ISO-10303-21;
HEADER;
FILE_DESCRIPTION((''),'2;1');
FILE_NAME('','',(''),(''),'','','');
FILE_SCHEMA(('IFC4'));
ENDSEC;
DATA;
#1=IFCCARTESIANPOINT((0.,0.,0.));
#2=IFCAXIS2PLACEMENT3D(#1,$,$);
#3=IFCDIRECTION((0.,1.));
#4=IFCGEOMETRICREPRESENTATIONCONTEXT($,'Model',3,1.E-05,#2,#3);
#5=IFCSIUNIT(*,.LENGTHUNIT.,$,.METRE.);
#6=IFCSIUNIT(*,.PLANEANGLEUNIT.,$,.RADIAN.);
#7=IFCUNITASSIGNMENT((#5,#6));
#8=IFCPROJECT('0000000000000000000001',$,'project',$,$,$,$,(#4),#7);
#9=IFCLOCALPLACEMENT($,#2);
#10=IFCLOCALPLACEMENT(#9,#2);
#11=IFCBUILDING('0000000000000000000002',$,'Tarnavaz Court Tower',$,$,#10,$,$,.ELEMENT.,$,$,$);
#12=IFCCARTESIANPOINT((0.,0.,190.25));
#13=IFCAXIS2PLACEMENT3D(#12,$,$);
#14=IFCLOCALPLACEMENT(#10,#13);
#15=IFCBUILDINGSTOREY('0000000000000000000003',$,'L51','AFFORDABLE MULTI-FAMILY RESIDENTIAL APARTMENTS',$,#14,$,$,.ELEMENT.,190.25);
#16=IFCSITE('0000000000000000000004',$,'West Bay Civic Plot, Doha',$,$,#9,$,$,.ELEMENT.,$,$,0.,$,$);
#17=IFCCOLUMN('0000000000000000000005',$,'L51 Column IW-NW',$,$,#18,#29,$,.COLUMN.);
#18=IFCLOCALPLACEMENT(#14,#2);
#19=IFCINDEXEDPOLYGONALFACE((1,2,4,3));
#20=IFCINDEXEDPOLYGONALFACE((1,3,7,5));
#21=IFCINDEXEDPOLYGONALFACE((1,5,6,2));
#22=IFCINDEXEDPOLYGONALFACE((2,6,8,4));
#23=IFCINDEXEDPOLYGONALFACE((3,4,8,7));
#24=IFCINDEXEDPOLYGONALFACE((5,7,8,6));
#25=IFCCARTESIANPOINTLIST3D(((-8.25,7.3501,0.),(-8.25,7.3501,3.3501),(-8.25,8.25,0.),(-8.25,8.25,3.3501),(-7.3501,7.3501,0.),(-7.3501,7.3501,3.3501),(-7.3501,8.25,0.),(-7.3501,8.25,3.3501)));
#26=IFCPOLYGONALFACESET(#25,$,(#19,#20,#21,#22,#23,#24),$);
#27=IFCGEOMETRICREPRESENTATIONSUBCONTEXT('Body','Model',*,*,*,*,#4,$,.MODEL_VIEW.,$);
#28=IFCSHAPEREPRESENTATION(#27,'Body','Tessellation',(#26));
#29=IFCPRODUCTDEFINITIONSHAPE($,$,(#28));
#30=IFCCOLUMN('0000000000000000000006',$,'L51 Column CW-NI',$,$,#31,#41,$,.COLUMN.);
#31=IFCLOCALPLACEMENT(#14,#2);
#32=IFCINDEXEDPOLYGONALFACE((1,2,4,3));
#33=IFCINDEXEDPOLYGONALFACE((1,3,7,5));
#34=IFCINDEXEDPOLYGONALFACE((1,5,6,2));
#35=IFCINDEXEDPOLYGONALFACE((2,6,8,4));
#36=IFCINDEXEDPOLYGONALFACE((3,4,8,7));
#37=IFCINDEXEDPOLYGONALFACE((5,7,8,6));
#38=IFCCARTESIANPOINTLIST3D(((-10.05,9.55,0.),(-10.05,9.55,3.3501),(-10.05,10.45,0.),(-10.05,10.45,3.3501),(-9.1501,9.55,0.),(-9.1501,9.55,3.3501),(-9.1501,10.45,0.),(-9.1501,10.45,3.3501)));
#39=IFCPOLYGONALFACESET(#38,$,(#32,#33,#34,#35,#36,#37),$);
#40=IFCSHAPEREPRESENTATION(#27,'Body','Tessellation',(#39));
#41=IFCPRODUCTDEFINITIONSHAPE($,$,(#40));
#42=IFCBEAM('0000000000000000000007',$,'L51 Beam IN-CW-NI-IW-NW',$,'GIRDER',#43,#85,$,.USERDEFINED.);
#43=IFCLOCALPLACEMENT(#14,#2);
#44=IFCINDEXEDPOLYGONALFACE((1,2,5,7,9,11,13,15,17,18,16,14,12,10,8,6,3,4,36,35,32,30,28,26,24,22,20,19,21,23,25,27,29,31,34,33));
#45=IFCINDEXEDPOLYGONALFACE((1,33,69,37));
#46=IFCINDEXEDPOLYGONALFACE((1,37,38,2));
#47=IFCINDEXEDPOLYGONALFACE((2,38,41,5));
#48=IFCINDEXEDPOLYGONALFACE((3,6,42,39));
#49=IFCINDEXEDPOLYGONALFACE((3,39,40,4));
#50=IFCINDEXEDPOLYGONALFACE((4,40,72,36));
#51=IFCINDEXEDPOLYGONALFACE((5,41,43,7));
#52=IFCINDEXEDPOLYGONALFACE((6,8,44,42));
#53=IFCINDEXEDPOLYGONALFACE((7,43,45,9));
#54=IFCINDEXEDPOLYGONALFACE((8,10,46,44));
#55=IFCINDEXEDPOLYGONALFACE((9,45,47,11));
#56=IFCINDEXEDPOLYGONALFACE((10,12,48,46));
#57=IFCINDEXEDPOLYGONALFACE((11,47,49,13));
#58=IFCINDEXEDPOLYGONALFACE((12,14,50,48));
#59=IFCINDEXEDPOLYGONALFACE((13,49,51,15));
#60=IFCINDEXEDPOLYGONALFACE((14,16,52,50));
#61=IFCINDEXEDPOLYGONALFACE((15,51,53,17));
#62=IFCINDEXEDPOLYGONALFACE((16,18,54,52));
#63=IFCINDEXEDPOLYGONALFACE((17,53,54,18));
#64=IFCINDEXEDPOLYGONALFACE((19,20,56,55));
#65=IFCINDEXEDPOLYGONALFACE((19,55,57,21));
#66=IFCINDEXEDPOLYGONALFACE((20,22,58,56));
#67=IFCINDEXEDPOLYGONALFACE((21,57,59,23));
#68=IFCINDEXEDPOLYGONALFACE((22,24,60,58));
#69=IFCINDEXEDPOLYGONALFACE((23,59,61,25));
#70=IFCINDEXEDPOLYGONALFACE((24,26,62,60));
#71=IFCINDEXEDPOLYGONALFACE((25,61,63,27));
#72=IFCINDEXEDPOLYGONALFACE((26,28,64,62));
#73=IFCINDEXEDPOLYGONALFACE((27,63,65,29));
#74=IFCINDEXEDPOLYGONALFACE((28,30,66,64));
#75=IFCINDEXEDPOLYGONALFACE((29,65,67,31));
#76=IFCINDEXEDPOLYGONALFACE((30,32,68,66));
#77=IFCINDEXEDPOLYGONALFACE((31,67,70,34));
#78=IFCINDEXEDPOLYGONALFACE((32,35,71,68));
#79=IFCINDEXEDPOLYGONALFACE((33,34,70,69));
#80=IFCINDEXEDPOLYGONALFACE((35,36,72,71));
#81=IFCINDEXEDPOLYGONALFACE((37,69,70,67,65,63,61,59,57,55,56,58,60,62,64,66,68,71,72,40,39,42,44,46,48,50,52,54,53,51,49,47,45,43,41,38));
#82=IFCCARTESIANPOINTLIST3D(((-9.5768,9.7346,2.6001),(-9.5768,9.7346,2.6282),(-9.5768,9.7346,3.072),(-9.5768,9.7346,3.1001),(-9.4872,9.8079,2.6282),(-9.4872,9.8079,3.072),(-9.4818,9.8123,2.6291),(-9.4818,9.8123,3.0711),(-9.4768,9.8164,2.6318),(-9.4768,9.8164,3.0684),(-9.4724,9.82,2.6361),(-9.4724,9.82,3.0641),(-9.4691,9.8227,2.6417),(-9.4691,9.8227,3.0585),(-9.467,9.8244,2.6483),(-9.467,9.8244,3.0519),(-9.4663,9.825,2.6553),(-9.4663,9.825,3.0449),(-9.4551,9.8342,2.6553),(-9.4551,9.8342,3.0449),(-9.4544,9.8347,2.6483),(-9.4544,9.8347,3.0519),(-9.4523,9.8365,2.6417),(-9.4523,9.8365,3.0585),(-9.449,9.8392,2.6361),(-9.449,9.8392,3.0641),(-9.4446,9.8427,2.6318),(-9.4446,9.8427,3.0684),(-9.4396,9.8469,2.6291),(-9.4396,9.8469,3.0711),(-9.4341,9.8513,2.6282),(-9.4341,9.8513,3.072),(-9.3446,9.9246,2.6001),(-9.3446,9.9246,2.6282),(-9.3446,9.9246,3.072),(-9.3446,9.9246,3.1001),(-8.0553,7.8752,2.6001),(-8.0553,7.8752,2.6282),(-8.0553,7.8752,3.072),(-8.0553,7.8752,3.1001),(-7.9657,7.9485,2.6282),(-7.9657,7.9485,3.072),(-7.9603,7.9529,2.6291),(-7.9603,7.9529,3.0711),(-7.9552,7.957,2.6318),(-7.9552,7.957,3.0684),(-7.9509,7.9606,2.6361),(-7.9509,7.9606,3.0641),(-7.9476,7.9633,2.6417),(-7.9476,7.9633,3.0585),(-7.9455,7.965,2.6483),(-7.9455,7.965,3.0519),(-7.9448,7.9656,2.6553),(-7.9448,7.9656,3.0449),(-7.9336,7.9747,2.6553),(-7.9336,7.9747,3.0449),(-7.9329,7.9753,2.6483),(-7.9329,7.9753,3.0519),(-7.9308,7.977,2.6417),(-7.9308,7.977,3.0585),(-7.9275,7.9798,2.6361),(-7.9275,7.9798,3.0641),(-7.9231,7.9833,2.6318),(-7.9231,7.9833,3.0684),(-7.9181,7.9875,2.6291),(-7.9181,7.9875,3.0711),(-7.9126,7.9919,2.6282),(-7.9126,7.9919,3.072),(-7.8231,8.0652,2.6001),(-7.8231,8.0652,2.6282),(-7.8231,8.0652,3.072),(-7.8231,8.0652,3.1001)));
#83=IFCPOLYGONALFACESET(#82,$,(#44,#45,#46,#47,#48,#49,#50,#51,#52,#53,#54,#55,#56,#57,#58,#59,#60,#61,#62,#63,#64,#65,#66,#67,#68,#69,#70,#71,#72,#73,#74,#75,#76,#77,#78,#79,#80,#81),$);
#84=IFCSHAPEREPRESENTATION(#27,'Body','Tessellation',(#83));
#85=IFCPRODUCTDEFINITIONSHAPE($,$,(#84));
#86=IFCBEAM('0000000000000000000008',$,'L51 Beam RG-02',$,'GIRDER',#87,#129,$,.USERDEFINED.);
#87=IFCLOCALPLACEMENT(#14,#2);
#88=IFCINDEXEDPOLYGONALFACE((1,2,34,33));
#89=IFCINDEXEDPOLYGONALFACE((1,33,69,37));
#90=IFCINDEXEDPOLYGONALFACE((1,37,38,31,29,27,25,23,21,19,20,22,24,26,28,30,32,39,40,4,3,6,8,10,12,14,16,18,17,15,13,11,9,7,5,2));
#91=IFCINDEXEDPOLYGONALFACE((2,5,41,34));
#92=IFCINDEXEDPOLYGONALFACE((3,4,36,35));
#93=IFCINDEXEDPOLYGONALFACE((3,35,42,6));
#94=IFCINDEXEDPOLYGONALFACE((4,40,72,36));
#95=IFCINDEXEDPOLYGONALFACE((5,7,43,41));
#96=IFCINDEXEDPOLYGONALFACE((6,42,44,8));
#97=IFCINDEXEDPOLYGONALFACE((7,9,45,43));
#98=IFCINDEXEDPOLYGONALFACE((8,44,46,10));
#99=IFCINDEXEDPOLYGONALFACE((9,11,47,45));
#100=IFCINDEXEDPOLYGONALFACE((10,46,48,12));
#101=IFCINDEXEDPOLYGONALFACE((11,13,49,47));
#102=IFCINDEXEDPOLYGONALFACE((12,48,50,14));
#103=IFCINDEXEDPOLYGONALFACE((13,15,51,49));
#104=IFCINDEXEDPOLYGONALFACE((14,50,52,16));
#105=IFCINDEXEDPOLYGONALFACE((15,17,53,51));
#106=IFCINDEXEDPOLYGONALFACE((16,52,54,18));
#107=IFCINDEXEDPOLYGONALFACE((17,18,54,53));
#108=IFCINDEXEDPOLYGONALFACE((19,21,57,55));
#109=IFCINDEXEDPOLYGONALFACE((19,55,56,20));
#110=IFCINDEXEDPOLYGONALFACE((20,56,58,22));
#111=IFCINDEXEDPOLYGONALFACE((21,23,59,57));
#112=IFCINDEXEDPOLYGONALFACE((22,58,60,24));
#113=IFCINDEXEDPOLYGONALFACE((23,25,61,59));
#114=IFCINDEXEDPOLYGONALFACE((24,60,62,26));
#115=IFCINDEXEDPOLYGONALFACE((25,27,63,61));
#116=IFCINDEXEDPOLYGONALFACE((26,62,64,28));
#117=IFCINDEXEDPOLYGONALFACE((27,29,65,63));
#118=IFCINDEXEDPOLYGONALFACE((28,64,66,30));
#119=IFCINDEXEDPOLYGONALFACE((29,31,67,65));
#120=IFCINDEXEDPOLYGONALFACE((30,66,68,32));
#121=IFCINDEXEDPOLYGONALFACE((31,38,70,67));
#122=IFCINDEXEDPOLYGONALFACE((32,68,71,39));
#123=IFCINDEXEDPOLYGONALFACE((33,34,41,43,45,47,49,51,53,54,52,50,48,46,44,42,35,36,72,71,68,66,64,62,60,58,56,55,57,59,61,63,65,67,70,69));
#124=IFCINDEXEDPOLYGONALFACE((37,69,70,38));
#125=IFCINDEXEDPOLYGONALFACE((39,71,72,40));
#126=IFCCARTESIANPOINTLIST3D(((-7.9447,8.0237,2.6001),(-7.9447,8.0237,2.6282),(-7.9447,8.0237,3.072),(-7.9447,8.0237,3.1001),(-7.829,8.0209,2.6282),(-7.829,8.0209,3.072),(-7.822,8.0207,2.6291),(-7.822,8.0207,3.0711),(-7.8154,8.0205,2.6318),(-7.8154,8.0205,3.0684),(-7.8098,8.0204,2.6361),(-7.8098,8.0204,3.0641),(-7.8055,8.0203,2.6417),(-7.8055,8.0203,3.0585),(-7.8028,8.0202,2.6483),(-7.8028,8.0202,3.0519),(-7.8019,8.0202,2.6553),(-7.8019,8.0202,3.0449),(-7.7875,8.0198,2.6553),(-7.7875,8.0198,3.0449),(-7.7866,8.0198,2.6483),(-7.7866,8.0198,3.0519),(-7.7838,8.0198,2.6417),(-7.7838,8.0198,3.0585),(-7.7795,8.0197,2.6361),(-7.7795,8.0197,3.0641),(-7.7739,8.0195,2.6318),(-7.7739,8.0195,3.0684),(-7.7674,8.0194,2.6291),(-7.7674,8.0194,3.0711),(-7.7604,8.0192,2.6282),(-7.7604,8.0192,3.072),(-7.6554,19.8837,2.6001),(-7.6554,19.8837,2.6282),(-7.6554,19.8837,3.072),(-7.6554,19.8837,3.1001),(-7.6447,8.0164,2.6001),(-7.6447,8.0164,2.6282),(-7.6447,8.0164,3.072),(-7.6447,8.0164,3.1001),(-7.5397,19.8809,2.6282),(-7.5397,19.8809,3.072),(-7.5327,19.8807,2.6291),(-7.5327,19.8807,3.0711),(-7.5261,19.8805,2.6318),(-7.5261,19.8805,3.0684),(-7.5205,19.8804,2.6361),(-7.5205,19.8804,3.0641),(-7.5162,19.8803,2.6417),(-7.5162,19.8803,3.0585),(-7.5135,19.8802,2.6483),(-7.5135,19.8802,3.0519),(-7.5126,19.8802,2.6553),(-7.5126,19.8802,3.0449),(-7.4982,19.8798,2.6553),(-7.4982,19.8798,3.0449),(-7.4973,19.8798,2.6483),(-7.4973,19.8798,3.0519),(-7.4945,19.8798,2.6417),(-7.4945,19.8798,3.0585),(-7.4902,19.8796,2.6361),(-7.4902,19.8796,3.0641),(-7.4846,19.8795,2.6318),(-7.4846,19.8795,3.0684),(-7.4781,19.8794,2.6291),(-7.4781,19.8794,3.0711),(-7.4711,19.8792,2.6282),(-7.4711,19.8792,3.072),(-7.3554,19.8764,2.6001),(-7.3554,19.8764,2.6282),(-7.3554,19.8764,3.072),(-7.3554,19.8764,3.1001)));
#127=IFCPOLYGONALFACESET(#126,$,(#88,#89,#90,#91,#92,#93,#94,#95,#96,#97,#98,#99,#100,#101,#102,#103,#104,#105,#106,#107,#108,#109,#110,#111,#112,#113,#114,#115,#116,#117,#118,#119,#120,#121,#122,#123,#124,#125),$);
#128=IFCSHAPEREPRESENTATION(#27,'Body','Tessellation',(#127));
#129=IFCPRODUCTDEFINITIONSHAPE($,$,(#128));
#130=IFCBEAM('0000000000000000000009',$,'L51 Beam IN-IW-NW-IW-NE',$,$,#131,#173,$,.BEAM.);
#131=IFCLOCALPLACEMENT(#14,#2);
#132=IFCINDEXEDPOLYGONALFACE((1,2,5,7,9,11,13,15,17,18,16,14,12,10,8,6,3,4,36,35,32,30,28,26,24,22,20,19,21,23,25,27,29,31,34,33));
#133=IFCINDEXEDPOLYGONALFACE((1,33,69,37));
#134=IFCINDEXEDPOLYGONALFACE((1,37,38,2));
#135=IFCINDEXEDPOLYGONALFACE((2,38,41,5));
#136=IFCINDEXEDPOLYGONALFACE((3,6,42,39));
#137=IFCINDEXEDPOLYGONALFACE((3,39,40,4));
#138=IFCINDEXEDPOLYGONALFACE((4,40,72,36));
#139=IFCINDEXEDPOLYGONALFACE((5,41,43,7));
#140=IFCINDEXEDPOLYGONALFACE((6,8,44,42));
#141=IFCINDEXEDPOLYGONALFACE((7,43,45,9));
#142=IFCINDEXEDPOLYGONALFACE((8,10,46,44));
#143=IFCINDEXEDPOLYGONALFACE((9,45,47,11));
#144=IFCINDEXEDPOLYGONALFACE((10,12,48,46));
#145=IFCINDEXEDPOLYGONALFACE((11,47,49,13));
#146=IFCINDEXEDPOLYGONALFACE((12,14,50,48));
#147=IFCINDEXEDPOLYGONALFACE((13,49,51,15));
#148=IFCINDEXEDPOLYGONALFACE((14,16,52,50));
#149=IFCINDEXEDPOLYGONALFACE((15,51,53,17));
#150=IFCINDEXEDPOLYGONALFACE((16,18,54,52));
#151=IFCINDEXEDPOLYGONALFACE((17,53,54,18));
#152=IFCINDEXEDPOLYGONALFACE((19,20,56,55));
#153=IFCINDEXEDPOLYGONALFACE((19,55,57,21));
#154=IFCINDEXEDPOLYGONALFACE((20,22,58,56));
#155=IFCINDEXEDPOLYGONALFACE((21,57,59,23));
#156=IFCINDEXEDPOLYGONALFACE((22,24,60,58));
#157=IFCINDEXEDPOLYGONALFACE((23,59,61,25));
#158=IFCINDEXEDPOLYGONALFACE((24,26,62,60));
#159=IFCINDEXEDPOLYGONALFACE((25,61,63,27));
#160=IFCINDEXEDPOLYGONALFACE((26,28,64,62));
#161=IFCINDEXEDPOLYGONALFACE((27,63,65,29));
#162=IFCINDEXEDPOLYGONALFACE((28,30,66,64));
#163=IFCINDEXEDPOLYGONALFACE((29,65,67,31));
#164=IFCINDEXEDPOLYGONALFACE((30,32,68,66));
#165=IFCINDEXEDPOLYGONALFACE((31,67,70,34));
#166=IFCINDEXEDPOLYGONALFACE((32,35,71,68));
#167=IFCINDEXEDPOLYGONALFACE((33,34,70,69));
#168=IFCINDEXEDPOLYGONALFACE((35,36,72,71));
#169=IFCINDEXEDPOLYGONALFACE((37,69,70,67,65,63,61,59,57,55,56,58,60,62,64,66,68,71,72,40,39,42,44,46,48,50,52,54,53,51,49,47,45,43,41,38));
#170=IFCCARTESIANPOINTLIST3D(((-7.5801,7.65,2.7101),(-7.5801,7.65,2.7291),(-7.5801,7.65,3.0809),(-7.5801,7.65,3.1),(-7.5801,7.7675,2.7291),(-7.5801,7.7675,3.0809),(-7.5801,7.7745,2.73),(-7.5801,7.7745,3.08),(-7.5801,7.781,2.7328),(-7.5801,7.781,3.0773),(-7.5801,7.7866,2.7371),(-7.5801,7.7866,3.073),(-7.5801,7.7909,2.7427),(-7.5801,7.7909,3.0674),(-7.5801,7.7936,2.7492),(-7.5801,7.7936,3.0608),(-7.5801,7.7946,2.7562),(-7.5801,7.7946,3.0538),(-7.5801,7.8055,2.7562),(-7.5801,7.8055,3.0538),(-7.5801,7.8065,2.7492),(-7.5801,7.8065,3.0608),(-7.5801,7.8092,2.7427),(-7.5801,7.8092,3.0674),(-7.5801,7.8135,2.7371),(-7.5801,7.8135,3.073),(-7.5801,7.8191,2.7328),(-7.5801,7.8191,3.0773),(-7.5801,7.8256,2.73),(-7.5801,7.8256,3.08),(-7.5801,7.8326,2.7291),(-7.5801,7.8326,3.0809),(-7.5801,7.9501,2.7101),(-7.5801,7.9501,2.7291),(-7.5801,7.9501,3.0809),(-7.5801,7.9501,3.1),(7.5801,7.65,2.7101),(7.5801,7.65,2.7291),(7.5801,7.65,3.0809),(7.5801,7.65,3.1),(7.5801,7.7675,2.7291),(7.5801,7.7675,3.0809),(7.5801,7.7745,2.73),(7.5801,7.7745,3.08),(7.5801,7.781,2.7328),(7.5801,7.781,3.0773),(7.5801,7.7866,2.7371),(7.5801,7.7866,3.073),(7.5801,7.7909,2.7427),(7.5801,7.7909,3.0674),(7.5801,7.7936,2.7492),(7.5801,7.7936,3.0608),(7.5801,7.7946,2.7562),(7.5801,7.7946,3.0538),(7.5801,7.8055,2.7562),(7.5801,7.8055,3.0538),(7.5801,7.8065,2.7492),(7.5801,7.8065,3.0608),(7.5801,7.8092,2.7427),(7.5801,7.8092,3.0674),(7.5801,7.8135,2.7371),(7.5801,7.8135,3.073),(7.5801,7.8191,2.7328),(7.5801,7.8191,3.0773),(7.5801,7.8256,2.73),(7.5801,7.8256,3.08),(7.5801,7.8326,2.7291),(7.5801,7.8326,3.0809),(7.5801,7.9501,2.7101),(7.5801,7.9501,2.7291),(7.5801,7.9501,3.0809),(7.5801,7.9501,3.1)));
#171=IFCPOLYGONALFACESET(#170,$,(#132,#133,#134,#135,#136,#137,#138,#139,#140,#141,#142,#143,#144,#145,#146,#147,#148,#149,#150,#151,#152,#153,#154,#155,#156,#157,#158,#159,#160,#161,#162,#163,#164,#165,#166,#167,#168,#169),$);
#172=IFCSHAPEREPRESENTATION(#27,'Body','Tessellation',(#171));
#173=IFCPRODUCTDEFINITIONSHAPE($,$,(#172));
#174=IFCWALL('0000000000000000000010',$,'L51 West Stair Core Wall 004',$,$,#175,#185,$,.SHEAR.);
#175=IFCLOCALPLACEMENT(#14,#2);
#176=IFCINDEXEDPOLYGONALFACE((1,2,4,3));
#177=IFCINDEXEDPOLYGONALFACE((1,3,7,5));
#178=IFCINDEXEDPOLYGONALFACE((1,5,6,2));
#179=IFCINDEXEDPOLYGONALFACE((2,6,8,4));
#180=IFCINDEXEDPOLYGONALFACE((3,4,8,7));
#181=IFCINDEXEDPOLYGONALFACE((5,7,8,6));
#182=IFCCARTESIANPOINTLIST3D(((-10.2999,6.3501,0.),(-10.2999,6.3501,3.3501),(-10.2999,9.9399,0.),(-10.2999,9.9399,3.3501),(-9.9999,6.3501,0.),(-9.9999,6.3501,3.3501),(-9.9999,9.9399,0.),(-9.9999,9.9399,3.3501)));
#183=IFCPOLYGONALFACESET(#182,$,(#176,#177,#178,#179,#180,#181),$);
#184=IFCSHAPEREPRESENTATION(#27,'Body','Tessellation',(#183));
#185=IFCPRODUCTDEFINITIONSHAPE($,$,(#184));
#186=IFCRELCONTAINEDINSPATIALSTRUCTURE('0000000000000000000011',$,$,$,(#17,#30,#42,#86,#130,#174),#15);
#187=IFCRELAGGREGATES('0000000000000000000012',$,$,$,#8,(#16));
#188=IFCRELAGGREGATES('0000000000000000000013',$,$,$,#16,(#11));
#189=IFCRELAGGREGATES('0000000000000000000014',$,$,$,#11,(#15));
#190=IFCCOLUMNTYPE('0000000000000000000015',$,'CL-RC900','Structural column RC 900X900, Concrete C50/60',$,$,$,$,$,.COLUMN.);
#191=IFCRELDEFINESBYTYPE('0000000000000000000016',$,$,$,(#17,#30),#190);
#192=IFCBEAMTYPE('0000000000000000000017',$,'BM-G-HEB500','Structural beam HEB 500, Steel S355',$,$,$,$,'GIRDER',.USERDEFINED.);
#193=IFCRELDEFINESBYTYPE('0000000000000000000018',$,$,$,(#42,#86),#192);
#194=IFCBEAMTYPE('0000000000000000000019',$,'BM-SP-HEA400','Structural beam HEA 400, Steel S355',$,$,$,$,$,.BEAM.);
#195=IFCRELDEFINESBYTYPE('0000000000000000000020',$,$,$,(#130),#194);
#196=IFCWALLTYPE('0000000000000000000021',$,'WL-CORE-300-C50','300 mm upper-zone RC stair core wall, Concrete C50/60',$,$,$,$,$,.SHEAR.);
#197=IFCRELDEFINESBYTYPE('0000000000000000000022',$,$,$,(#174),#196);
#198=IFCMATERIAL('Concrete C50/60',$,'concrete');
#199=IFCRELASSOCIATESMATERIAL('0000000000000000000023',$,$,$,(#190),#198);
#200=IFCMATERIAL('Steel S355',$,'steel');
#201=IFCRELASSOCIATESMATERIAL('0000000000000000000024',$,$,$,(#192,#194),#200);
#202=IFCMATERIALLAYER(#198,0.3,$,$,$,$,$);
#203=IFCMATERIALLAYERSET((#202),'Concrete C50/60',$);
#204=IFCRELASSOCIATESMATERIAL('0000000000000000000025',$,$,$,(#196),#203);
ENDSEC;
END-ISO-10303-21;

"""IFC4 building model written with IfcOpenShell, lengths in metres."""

from ifc_helpers import new_model, si_unit, direction, frame, frame_2d, origin, origin_2d, place, context, subcontext, project, spatial, rectangle, i_section, extrude, material, layer, layer_set, material_profile, profile_set, type_object, element, save


model = new_model("IFC4")

# Units and contexts
model_context = context("Model", 3, precision=1e-05, world=origin(), true_north=direction((0.0, 1.0)))
body_context = subcontext(model_context, "Body", "Model", "MODEL_VIEW")
ifc_project = project(units=[si_unit("LENGTHUNIT", "METRE"), si_unit("PLANEANGLEUNIT", "RADIAN")], contexts=[model_context])

# Site, building, storey
site_placement = place(None, origin())
site = spatial("IfcSite", under=ifc_project, at=site_placement, Name="West Bay Civic Plot, Doha", CompositionType="ELEMENT", RefElevation=0.0)
building_placement = place(site_placement, origin())
building = spatial("IfcBuilding", under=site, at=building_placement, Name="Tarnavaz Court Tower", CompositionType="ELEMENT")
storey_placement = place(building_placement, frame((0.0, 0.0, 190.25)))
storey = spatial("IfcBuildingStorey", under=building, at=storey_placement, Name="L51", Description="AFFORDABLE MULTI-FAMILY RESIDENTIAL APARTMENTS", CompositionType="ELEMENT", Elevation=190.25)

# Columns
ifc_material_1 = material(Name="Concrete C50/60", Category="concrete")
ifc_material_profile_1 = material_profile(ifc_material_1, rectangle(XDim=0.8999, YDim=0.8999, at=origin_2d()), Name="RC 900X900")
ifc_profile_set_1 = profile_set([ifc_material_profile_1], Name="Concrete C50/60")
column_type = type_object("IfcColumnType", Name="CL-RC900", Description="Structural column RC 900X900, Concrete C50/60", PredefinedType="COLUMN", material=ifc_profile_set_1)
for number, where, z_axis, x_axis, name in (
    (1, (-7.8, 7.8, 0.0), (0.0, 0.0, 1.0), (1.0, 0.0, 0.0), "L51 Column IW-NW"),
    (2, (-9.6001, 10.0, 0.0), (0.0, 0.0, 1.0), (1.0, 0.0, 0.0), "L51 Column CW-NI"),
):
    element("IfcColumn", number, at=place(storey_placement, frame(where, z_axis=z_axis, x_axis=x_axis)), inside=storey, type_object=column_type, Name=name, PredefinedType="COLUMN", context=body_context, shape_type="SweptSolid", body=[
        extrude(rectangle(XDim=0.8999, YDim=0.8999, at=origin_2d()), origin(), (0.0, 0.0, 1.0), 3.3501),
    ])

# Beams
ifc_material_2 = material(Name="Steel S355", Category="steel")
ifc_material_profile_2 = material_profile(ifc_material_2, i_section(OverallWidth=0.3, OverallDepth=0.5, WebThickness=0.0144, FlangeThickness=0.0281, FilletRadius=0.0271, at=origin_2d()), Name="HEB 500")
ifc_profile_set_2 = profile_set([ifc_material_profile_2], Name="Steel S355")
beam_type_1 = type_object("IfcBeamType", Name="BM-G-HEB500", Description="Structural beam HEB 500, Steel S355", ElementType="GIRDER", PredefinedType="USERDEFINED", material=ifc_profile_set_2)
beam_1_placement = place(storey_placement, frame((-9.4607, 9.8296, 2.8501), z_axis=(0.633282, -0.773921, 0.0), x_axis=(0.773921, 0.633282, 0.0)))
element("IfcBeam", 3, at=beam_1_placement, inside=storey, type_object=beam_type_1, Name="L51 Beam IN-CW-NI-IW-NW", ObjectType="GIRDER", PredefinedType="USERDEFINED", context=body_context, shape_type="SweptSolid", body=[
    extrude(i_section(OverallWidth=0.3, OverallDepth=0.5, WebThickness=0.0144, FlangeThickness=0.0281, FilletRadius=0.0271, at=origin_2d()), origin(), (0.0, 0.0, 1.0), 2.4026),
])
beam_2_placement = place(storey_placement, frame((-7.7947, 8.02, 2.8501), z_axis=(0.024386, 0.999703, 0.0), x_axis=(-0.999703, 0.024386, 0.0)))
element("IfcBeam", 4, at=beam_2_placement, inside=storey, type_object=beam_type_1, Name="L51 Beam RG-02", ObjectType="GIRDER", PredefinedType="USERDEFINED", context=body_context, shape_type="SweptSolid", body=[
    extrude(i_section(OverallWidth=0.3, OverallDepth=0.5, WebThickness=0.0144, FlangeThickness=0.0281, FilletRadius=0.0271, at=origin_2d()), origin(), (0.0, 0.0, 1.0), 11.8635),
])
ifc_material_profile_3 = material_profile(ifc_material_2, i_section(OverallWidth=0.3, OverallDepth=0.3899, WebThickness=0.011, FlangeThickness=0.019, FilletRadius=0.0271, at=origin_2d()), Name="HEA 400")
ifc_profile_set_3 = profile_set([ifc_material_profile_3], Name="Steel S355")
beam_type_2 = type_object("IfcBeamType", Name="BM-SP-HEA400", Description="Structural beam HEA 400, Steel S355", PredefinedType="BEAM", material=ifc_profile_set_3)
beam_3_placement = place(storey_placement, frame((-7.5801, 7.8, 2.905), z_axis=(1.0, 0.0, 0.0), x_axis=(0.0, 1.0, 0.0)))
element("IfcBeam", 5, at=beam_3_placement, inside=storey, type_object=beam_type_2, Name="L51 Beam IN-IW-NW-IW-NE", PredefinedType="BEAM", context=body_context, shape_type="SweptSolid", body=[
    extrude(i_section(OverallWidth=0.3, OverallDepth=0.3899, WebThickness=0.011, FlangeThickness=0.019, FilletRadius=0.0271, at=origin_2d()), origin(), (0.0, 0.0, 1.0), 15.1602),
])

# Wall
ifc_layer_1 = layer(ifc_material_1, 0.3)
ifc_layer_set_1 = layer_set([ifc_layer_1], Name="Concrete C50/60")
wall_type_1 = type_object("IfcWallType", Name="WL-CORE-300-C50", Description="300 mm upper-zone RC stair core wall, Concrete C50/60", PredefinedType="SHEAR", material=ifc_layer_set_1)
wall_1_placement = place(storey_placement, frame((-10.1499, 6.3501, 0.0), z_axis=(0.0, 0.0, 1.0), x_axis=(0.0, 1.0, 0.0)))
element("IfcWall", 6, at=wall_1_placement, inside=storey, type_object=wall_type_1, Name="L51 West Stair Core Wall 004", PredefinedType="SHEAR", context=body_context, shape_type="SweptSolid", body=[
    extrude(rectangle(XDim=3.5898, YDim=0.3, at=frame_2d((1.7949, 0.0))), origin(), (0.0, 0.0, 1.0), 3.3501),
])

save(model, "model.ifc")
